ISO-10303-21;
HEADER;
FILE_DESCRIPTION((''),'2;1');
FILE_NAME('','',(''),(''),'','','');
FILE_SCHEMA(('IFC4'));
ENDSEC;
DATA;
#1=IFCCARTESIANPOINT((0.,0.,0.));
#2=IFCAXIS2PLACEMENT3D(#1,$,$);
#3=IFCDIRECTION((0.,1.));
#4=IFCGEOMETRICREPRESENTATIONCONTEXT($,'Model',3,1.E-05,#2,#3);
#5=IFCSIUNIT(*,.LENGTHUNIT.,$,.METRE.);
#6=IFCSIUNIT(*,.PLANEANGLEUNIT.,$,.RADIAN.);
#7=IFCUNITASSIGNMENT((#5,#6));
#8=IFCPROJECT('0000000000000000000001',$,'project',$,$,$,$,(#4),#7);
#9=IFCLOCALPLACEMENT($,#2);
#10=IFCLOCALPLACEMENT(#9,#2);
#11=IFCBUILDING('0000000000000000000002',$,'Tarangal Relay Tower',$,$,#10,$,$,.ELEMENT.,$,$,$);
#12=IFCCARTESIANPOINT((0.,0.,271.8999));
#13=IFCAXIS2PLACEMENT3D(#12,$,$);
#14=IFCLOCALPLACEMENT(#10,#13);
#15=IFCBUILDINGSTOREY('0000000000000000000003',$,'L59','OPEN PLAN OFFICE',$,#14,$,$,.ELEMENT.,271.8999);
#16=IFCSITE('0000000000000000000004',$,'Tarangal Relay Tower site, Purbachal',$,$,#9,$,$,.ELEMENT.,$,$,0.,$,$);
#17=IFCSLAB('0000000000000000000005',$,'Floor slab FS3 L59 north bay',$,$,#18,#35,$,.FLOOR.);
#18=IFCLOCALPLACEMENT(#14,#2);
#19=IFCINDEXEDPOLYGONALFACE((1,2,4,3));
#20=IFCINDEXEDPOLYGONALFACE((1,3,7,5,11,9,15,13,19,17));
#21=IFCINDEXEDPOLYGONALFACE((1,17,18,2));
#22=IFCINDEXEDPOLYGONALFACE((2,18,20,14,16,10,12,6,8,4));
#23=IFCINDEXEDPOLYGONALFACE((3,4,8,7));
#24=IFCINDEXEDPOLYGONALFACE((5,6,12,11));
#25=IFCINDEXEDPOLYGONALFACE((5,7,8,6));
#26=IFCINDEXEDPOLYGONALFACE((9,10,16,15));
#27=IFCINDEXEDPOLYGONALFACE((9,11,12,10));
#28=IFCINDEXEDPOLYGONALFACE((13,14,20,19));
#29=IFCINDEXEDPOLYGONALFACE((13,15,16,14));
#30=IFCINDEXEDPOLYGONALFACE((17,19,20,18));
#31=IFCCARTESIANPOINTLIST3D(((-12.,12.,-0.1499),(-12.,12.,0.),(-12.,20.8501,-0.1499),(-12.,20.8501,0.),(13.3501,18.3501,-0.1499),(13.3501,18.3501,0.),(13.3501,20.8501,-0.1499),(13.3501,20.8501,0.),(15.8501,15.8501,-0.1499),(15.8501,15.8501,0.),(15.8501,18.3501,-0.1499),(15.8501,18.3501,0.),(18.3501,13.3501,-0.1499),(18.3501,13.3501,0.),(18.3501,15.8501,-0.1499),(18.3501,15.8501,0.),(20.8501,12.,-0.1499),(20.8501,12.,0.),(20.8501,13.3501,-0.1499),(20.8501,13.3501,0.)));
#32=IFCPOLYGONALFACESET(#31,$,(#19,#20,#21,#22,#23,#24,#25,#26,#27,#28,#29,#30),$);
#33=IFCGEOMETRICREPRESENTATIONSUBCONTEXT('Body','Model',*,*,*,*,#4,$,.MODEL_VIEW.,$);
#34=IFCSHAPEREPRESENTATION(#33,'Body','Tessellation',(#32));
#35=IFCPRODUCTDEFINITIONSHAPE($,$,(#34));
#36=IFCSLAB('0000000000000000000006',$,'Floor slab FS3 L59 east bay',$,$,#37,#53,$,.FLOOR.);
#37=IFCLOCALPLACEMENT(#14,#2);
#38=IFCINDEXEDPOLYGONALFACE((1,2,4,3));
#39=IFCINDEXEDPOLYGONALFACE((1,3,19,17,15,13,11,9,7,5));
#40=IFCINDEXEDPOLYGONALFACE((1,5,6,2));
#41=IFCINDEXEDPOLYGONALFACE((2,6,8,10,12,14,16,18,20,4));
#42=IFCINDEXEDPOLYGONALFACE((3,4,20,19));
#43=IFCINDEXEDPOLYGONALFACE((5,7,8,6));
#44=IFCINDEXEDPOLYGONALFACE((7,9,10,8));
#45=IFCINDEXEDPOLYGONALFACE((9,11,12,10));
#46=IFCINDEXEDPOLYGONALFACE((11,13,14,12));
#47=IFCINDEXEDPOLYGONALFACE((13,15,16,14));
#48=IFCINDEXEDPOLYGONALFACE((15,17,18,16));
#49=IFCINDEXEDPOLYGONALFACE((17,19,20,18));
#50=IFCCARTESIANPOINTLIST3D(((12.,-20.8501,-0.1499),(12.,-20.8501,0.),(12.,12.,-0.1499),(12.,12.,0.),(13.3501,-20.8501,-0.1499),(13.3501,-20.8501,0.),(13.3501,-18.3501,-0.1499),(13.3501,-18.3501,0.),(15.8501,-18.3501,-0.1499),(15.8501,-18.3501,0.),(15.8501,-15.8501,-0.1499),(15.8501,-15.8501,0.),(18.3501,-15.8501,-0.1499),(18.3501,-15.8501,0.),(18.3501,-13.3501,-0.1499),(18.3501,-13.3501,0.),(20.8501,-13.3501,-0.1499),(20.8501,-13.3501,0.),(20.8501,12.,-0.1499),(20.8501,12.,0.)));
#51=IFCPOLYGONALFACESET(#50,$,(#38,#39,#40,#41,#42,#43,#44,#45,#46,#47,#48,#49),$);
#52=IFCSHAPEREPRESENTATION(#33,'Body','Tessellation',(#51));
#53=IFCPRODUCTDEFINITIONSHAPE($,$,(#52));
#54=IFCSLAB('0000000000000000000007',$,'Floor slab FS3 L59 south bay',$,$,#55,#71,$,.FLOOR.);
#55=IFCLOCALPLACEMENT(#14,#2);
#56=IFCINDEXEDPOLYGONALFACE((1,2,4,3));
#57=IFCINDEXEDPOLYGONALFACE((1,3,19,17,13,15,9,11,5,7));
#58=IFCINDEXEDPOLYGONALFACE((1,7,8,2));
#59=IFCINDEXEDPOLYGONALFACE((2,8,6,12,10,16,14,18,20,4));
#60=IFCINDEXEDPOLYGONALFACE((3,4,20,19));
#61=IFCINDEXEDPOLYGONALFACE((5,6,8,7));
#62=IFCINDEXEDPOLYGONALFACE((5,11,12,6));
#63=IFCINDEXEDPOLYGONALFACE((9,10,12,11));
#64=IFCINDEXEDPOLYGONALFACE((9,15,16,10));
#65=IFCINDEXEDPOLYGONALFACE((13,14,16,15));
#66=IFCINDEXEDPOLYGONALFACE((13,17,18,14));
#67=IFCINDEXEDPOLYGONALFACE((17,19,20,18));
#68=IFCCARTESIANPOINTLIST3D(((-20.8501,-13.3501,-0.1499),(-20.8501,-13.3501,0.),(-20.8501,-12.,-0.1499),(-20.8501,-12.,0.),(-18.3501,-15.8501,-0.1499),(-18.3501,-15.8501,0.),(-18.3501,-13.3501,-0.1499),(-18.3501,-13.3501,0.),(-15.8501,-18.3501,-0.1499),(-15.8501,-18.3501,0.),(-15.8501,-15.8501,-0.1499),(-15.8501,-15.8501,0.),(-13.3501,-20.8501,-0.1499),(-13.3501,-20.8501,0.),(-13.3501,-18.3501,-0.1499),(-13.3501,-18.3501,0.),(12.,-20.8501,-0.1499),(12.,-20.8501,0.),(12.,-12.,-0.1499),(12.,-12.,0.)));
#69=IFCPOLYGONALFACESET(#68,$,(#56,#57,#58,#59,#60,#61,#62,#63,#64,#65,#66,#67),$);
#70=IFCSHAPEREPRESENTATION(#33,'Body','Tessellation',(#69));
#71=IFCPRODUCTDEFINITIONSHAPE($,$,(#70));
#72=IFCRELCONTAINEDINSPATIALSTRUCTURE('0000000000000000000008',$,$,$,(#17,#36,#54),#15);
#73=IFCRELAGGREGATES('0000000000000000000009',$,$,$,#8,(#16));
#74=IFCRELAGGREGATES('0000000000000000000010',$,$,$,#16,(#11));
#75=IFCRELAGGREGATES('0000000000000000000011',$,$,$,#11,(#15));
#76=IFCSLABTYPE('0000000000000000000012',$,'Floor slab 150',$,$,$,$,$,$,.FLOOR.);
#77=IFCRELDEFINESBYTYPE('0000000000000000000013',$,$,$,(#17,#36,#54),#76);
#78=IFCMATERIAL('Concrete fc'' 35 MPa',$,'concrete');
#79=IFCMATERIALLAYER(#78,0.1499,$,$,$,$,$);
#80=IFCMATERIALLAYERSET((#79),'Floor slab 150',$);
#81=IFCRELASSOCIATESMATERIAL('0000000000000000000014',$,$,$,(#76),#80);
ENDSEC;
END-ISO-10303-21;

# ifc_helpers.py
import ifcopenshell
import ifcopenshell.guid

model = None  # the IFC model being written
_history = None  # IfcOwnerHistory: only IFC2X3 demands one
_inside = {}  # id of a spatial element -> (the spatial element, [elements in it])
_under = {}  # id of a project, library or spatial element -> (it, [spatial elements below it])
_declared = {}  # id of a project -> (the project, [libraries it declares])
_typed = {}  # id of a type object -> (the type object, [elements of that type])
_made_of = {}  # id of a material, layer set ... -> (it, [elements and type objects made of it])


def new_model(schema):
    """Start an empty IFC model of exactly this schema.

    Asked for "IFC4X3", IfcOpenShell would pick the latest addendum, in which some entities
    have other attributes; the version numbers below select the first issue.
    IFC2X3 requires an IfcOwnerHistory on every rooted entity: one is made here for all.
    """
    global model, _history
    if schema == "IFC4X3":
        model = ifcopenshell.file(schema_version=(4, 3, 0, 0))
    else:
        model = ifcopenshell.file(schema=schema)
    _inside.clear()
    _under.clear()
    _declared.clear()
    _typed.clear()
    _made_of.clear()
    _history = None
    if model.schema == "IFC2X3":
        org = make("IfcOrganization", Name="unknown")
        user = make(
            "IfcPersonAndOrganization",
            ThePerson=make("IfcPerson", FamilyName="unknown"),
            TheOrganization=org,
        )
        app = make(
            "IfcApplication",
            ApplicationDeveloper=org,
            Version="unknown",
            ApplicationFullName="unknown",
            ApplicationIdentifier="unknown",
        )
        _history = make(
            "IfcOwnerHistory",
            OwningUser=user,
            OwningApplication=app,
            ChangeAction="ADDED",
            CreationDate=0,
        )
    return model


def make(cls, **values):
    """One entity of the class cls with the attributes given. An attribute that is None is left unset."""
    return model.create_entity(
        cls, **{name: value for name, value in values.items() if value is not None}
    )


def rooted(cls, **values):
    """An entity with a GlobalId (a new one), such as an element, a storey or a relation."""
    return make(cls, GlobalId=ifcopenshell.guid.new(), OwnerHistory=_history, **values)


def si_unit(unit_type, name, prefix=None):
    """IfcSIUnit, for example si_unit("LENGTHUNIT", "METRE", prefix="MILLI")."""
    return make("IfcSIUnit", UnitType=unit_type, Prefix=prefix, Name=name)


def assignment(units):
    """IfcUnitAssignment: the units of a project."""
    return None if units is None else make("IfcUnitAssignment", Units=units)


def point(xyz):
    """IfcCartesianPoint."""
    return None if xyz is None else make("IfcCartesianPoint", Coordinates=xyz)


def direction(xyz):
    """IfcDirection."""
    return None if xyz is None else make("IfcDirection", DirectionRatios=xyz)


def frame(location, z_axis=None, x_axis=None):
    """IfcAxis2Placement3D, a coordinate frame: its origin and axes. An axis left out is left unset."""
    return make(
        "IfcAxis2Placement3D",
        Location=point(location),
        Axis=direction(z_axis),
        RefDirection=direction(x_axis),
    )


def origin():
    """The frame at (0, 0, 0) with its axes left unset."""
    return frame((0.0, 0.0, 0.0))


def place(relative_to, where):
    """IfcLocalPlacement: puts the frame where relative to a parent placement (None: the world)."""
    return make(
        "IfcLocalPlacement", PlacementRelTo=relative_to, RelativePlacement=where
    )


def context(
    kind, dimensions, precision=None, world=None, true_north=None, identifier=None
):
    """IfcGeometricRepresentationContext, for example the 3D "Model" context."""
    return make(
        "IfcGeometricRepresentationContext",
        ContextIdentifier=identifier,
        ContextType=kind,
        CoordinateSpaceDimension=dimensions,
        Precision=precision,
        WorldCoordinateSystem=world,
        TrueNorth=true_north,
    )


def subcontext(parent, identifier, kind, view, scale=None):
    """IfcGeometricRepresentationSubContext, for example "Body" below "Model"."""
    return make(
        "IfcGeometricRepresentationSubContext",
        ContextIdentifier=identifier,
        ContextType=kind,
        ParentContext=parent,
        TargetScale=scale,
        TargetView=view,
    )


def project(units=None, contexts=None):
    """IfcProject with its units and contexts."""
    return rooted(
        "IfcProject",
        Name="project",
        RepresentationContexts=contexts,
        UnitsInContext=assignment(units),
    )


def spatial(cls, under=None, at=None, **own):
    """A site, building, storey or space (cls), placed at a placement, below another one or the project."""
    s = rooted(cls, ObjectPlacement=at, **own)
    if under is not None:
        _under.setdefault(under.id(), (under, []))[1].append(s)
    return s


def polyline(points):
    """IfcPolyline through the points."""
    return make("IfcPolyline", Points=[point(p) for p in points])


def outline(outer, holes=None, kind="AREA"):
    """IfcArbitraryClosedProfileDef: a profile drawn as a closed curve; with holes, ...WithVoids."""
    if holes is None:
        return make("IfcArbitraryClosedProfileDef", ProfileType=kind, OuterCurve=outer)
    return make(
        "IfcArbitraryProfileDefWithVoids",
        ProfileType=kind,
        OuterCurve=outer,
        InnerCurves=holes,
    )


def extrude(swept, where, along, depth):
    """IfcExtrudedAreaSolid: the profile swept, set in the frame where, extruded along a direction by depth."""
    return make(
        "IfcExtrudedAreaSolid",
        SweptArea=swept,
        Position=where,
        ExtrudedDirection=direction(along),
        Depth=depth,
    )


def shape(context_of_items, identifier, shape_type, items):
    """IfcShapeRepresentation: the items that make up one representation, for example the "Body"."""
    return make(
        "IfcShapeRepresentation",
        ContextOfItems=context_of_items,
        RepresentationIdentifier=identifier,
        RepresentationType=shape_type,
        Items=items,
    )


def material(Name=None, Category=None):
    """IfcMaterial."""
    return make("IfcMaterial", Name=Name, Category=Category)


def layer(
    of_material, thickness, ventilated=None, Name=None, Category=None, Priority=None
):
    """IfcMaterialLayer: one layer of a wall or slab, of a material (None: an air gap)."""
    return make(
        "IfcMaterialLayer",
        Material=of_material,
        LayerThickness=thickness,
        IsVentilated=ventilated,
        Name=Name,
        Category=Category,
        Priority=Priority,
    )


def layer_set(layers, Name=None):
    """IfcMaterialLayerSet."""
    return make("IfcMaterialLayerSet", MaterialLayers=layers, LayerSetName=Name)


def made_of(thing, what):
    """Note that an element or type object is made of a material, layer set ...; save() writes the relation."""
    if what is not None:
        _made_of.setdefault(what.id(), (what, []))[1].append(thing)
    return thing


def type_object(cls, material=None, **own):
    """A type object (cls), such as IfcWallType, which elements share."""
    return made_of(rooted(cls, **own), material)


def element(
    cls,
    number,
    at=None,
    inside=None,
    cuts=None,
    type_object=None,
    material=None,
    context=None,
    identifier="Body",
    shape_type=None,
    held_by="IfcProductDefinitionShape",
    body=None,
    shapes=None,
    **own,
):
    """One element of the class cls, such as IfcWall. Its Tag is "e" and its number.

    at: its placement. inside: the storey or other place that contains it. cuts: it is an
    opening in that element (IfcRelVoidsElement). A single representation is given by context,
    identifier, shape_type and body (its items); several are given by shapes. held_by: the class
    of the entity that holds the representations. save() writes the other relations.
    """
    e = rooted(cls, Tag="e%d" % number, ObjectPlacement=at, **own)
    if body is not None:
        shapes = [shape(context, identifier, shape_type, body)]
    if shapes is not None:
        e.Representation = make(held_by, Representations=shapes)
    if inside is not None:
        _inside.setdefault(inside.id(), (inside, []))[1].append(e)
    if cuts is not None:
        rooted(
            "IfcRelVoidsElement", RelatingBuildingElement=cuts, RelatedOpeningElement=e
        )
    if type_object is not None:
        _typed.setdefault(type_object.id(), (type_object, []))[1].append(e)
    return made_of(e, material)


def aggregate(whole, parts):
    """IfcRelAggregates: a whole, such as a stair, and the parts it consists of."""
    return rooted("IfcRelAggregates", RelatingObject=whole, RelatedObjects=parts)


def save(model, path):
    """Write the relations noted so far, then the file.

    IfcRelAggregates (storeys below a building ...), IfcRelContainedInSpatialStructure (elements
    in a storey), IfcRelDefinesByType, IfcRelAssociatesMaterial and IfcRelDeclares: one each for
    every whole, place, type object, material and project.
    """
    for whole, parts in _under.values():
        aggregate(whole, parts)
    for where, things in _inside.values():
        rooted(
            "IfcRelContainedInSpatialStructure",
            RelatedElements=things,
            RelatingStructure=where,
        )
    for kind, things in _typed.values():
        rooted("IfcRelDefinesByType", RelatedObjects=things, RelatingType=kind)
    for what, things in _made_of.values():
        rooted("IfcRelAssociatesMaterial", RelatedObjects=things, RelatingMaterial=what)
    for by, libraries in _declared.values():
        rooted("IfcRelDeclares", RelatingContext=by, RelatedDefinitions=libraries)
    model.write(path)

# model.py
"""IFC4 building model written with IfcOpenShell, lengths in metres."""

from ifc_helpers import new_model, si_unit, direction, frame, origin, place, context, subcontext, project, spatial, polyline, outline, extrude, material, layer, layer_set, type_object, element, save


model = new_model("IFC4")

# Units and contexts
model_context = context("Model", 3, precision=1e-05, world=origin(), true_north=direction((0.0, 1.0)))
body_context = subcontext(model_context, "Body", "Model", "MODEL_VIEW")
ifc_project = project(units=[si_unit("LENGTHUNIT", "METRE"), si_unit("PLANEANGLEUNIT", "RADIAN")], contexts=[model_context])

# Site, building, storey
site_placement = place(None, origin())
site = spatial("IfcSite", under=ifc_project, at=site_placement, Name="Tarangal Relay Tower site, Purbachal", CompositionType="ELEMENT", RefElevation=0.0)
building_placement = place(site_placement, origin())
building = spatial("IfcBuilding", under=site, at=building_placement, Name="Tarangal Relay Tower", CompositionType="ELEMENT")
storey_placement = place(building_placement, frame((0.0, 0.0, 271.8999)))
storey = spatial("IfcBuildingStorey", under=building, at=storey_placement, Name="L59", Description="OPEN PLAN OFFICE", CompositionType="ELEMENT", Elevation=271.8999)

# Slabs
ifc_material_1 = material(Name="Concrete fc' 35 MPa", Category="concrete")
ifc_layer_1 = layer(ifc_material_1, 0.1499)
ifc_layer_set_1 = layer_set([ifc_layer_1], Name="Floor slab 150")
slab_type = type_object("IfcSlabType", Name="Floor slab 150", PredefinedType="FLOOR", material=ifc_layer_set_1)
slab_1_placement = place(storey_placement, frame((0.0, 0.0, -0.1499)))
element("IfcSlab", 1, at=slab_1_placement, inside=storey, type_object=slab_type, Name="Floor slab FS3 L59 north bay", PredefinedType="FLOOR", context=body_context, shape_type="SweptSolid", body=[
    extrude(outline(polyline([(13.3501, 20.8501), (13.3501, 18.3501), (15.8501, 18.3501), (15.8501, 15.8501), (18.3501, 15.8501), (18.3501, 13.3501), (20.8501, 13.3501), (20.8501, 12.0), (-12.0, 12.0), (-12.0, 20.8501), (13.3501, 20.8501)])), origin(), (0.0, 0.0, 1.0), 0.1499),
])
slab_2_placement = place(storey_placement, frame((0.0, 0.0, -0.1499)))
element("IfcSlab", 2, at=slab_2_placement, inside=storey, type_object=slab_type, Name="Floor slab FS3 L59 east bay", PredefinedType="FLOOR", context=body_context, shape_type="SweptSolid", body=[
    extrude(outline(polyline([(20.8501, -13.3501), (18.3501, -13.3501), (18.3501, -15.8501), (15.8501, -15.8501), (15.8501, -18.3501), (13.3501, -18.3501), (13.3501, -20.8501), (12.0, -20.8501), (12.0, 12.0), (20.8501, 12.0), (20.8501, -13.3501)])), origin(), (0.0, 0.0, 1.0), 0.1499),
])
slab_3_placement = place(storey_placement, frame((0.0, 0.0, -0.1499)))
element("IfcSlab", 3, at=slab_3_placement, inside=storey, type_object=slab_type, Name="Floor slab FS3 L59 south bay", PredefinedType="FLOOR", context=body_context, shape_type="SweptSolid", body=[
    extrude(outline(polyline([(-13.3501, -20.8501), (-13.3501, -18.3501), (-15.8501, -18.3501), (-15.8501, -15.8501), (-18.3501, -15.8501), (-18.3501, -13.3501), (-20.8501, -13.3501), (-20.8501, -12.0), (12.0, -12.0), (12.0, -20.8501), (-13.3501, -20.8501)])), origin(), (0.0, 0.0, 1.0), 0.1499),
])

save(model, "model.ifc")
